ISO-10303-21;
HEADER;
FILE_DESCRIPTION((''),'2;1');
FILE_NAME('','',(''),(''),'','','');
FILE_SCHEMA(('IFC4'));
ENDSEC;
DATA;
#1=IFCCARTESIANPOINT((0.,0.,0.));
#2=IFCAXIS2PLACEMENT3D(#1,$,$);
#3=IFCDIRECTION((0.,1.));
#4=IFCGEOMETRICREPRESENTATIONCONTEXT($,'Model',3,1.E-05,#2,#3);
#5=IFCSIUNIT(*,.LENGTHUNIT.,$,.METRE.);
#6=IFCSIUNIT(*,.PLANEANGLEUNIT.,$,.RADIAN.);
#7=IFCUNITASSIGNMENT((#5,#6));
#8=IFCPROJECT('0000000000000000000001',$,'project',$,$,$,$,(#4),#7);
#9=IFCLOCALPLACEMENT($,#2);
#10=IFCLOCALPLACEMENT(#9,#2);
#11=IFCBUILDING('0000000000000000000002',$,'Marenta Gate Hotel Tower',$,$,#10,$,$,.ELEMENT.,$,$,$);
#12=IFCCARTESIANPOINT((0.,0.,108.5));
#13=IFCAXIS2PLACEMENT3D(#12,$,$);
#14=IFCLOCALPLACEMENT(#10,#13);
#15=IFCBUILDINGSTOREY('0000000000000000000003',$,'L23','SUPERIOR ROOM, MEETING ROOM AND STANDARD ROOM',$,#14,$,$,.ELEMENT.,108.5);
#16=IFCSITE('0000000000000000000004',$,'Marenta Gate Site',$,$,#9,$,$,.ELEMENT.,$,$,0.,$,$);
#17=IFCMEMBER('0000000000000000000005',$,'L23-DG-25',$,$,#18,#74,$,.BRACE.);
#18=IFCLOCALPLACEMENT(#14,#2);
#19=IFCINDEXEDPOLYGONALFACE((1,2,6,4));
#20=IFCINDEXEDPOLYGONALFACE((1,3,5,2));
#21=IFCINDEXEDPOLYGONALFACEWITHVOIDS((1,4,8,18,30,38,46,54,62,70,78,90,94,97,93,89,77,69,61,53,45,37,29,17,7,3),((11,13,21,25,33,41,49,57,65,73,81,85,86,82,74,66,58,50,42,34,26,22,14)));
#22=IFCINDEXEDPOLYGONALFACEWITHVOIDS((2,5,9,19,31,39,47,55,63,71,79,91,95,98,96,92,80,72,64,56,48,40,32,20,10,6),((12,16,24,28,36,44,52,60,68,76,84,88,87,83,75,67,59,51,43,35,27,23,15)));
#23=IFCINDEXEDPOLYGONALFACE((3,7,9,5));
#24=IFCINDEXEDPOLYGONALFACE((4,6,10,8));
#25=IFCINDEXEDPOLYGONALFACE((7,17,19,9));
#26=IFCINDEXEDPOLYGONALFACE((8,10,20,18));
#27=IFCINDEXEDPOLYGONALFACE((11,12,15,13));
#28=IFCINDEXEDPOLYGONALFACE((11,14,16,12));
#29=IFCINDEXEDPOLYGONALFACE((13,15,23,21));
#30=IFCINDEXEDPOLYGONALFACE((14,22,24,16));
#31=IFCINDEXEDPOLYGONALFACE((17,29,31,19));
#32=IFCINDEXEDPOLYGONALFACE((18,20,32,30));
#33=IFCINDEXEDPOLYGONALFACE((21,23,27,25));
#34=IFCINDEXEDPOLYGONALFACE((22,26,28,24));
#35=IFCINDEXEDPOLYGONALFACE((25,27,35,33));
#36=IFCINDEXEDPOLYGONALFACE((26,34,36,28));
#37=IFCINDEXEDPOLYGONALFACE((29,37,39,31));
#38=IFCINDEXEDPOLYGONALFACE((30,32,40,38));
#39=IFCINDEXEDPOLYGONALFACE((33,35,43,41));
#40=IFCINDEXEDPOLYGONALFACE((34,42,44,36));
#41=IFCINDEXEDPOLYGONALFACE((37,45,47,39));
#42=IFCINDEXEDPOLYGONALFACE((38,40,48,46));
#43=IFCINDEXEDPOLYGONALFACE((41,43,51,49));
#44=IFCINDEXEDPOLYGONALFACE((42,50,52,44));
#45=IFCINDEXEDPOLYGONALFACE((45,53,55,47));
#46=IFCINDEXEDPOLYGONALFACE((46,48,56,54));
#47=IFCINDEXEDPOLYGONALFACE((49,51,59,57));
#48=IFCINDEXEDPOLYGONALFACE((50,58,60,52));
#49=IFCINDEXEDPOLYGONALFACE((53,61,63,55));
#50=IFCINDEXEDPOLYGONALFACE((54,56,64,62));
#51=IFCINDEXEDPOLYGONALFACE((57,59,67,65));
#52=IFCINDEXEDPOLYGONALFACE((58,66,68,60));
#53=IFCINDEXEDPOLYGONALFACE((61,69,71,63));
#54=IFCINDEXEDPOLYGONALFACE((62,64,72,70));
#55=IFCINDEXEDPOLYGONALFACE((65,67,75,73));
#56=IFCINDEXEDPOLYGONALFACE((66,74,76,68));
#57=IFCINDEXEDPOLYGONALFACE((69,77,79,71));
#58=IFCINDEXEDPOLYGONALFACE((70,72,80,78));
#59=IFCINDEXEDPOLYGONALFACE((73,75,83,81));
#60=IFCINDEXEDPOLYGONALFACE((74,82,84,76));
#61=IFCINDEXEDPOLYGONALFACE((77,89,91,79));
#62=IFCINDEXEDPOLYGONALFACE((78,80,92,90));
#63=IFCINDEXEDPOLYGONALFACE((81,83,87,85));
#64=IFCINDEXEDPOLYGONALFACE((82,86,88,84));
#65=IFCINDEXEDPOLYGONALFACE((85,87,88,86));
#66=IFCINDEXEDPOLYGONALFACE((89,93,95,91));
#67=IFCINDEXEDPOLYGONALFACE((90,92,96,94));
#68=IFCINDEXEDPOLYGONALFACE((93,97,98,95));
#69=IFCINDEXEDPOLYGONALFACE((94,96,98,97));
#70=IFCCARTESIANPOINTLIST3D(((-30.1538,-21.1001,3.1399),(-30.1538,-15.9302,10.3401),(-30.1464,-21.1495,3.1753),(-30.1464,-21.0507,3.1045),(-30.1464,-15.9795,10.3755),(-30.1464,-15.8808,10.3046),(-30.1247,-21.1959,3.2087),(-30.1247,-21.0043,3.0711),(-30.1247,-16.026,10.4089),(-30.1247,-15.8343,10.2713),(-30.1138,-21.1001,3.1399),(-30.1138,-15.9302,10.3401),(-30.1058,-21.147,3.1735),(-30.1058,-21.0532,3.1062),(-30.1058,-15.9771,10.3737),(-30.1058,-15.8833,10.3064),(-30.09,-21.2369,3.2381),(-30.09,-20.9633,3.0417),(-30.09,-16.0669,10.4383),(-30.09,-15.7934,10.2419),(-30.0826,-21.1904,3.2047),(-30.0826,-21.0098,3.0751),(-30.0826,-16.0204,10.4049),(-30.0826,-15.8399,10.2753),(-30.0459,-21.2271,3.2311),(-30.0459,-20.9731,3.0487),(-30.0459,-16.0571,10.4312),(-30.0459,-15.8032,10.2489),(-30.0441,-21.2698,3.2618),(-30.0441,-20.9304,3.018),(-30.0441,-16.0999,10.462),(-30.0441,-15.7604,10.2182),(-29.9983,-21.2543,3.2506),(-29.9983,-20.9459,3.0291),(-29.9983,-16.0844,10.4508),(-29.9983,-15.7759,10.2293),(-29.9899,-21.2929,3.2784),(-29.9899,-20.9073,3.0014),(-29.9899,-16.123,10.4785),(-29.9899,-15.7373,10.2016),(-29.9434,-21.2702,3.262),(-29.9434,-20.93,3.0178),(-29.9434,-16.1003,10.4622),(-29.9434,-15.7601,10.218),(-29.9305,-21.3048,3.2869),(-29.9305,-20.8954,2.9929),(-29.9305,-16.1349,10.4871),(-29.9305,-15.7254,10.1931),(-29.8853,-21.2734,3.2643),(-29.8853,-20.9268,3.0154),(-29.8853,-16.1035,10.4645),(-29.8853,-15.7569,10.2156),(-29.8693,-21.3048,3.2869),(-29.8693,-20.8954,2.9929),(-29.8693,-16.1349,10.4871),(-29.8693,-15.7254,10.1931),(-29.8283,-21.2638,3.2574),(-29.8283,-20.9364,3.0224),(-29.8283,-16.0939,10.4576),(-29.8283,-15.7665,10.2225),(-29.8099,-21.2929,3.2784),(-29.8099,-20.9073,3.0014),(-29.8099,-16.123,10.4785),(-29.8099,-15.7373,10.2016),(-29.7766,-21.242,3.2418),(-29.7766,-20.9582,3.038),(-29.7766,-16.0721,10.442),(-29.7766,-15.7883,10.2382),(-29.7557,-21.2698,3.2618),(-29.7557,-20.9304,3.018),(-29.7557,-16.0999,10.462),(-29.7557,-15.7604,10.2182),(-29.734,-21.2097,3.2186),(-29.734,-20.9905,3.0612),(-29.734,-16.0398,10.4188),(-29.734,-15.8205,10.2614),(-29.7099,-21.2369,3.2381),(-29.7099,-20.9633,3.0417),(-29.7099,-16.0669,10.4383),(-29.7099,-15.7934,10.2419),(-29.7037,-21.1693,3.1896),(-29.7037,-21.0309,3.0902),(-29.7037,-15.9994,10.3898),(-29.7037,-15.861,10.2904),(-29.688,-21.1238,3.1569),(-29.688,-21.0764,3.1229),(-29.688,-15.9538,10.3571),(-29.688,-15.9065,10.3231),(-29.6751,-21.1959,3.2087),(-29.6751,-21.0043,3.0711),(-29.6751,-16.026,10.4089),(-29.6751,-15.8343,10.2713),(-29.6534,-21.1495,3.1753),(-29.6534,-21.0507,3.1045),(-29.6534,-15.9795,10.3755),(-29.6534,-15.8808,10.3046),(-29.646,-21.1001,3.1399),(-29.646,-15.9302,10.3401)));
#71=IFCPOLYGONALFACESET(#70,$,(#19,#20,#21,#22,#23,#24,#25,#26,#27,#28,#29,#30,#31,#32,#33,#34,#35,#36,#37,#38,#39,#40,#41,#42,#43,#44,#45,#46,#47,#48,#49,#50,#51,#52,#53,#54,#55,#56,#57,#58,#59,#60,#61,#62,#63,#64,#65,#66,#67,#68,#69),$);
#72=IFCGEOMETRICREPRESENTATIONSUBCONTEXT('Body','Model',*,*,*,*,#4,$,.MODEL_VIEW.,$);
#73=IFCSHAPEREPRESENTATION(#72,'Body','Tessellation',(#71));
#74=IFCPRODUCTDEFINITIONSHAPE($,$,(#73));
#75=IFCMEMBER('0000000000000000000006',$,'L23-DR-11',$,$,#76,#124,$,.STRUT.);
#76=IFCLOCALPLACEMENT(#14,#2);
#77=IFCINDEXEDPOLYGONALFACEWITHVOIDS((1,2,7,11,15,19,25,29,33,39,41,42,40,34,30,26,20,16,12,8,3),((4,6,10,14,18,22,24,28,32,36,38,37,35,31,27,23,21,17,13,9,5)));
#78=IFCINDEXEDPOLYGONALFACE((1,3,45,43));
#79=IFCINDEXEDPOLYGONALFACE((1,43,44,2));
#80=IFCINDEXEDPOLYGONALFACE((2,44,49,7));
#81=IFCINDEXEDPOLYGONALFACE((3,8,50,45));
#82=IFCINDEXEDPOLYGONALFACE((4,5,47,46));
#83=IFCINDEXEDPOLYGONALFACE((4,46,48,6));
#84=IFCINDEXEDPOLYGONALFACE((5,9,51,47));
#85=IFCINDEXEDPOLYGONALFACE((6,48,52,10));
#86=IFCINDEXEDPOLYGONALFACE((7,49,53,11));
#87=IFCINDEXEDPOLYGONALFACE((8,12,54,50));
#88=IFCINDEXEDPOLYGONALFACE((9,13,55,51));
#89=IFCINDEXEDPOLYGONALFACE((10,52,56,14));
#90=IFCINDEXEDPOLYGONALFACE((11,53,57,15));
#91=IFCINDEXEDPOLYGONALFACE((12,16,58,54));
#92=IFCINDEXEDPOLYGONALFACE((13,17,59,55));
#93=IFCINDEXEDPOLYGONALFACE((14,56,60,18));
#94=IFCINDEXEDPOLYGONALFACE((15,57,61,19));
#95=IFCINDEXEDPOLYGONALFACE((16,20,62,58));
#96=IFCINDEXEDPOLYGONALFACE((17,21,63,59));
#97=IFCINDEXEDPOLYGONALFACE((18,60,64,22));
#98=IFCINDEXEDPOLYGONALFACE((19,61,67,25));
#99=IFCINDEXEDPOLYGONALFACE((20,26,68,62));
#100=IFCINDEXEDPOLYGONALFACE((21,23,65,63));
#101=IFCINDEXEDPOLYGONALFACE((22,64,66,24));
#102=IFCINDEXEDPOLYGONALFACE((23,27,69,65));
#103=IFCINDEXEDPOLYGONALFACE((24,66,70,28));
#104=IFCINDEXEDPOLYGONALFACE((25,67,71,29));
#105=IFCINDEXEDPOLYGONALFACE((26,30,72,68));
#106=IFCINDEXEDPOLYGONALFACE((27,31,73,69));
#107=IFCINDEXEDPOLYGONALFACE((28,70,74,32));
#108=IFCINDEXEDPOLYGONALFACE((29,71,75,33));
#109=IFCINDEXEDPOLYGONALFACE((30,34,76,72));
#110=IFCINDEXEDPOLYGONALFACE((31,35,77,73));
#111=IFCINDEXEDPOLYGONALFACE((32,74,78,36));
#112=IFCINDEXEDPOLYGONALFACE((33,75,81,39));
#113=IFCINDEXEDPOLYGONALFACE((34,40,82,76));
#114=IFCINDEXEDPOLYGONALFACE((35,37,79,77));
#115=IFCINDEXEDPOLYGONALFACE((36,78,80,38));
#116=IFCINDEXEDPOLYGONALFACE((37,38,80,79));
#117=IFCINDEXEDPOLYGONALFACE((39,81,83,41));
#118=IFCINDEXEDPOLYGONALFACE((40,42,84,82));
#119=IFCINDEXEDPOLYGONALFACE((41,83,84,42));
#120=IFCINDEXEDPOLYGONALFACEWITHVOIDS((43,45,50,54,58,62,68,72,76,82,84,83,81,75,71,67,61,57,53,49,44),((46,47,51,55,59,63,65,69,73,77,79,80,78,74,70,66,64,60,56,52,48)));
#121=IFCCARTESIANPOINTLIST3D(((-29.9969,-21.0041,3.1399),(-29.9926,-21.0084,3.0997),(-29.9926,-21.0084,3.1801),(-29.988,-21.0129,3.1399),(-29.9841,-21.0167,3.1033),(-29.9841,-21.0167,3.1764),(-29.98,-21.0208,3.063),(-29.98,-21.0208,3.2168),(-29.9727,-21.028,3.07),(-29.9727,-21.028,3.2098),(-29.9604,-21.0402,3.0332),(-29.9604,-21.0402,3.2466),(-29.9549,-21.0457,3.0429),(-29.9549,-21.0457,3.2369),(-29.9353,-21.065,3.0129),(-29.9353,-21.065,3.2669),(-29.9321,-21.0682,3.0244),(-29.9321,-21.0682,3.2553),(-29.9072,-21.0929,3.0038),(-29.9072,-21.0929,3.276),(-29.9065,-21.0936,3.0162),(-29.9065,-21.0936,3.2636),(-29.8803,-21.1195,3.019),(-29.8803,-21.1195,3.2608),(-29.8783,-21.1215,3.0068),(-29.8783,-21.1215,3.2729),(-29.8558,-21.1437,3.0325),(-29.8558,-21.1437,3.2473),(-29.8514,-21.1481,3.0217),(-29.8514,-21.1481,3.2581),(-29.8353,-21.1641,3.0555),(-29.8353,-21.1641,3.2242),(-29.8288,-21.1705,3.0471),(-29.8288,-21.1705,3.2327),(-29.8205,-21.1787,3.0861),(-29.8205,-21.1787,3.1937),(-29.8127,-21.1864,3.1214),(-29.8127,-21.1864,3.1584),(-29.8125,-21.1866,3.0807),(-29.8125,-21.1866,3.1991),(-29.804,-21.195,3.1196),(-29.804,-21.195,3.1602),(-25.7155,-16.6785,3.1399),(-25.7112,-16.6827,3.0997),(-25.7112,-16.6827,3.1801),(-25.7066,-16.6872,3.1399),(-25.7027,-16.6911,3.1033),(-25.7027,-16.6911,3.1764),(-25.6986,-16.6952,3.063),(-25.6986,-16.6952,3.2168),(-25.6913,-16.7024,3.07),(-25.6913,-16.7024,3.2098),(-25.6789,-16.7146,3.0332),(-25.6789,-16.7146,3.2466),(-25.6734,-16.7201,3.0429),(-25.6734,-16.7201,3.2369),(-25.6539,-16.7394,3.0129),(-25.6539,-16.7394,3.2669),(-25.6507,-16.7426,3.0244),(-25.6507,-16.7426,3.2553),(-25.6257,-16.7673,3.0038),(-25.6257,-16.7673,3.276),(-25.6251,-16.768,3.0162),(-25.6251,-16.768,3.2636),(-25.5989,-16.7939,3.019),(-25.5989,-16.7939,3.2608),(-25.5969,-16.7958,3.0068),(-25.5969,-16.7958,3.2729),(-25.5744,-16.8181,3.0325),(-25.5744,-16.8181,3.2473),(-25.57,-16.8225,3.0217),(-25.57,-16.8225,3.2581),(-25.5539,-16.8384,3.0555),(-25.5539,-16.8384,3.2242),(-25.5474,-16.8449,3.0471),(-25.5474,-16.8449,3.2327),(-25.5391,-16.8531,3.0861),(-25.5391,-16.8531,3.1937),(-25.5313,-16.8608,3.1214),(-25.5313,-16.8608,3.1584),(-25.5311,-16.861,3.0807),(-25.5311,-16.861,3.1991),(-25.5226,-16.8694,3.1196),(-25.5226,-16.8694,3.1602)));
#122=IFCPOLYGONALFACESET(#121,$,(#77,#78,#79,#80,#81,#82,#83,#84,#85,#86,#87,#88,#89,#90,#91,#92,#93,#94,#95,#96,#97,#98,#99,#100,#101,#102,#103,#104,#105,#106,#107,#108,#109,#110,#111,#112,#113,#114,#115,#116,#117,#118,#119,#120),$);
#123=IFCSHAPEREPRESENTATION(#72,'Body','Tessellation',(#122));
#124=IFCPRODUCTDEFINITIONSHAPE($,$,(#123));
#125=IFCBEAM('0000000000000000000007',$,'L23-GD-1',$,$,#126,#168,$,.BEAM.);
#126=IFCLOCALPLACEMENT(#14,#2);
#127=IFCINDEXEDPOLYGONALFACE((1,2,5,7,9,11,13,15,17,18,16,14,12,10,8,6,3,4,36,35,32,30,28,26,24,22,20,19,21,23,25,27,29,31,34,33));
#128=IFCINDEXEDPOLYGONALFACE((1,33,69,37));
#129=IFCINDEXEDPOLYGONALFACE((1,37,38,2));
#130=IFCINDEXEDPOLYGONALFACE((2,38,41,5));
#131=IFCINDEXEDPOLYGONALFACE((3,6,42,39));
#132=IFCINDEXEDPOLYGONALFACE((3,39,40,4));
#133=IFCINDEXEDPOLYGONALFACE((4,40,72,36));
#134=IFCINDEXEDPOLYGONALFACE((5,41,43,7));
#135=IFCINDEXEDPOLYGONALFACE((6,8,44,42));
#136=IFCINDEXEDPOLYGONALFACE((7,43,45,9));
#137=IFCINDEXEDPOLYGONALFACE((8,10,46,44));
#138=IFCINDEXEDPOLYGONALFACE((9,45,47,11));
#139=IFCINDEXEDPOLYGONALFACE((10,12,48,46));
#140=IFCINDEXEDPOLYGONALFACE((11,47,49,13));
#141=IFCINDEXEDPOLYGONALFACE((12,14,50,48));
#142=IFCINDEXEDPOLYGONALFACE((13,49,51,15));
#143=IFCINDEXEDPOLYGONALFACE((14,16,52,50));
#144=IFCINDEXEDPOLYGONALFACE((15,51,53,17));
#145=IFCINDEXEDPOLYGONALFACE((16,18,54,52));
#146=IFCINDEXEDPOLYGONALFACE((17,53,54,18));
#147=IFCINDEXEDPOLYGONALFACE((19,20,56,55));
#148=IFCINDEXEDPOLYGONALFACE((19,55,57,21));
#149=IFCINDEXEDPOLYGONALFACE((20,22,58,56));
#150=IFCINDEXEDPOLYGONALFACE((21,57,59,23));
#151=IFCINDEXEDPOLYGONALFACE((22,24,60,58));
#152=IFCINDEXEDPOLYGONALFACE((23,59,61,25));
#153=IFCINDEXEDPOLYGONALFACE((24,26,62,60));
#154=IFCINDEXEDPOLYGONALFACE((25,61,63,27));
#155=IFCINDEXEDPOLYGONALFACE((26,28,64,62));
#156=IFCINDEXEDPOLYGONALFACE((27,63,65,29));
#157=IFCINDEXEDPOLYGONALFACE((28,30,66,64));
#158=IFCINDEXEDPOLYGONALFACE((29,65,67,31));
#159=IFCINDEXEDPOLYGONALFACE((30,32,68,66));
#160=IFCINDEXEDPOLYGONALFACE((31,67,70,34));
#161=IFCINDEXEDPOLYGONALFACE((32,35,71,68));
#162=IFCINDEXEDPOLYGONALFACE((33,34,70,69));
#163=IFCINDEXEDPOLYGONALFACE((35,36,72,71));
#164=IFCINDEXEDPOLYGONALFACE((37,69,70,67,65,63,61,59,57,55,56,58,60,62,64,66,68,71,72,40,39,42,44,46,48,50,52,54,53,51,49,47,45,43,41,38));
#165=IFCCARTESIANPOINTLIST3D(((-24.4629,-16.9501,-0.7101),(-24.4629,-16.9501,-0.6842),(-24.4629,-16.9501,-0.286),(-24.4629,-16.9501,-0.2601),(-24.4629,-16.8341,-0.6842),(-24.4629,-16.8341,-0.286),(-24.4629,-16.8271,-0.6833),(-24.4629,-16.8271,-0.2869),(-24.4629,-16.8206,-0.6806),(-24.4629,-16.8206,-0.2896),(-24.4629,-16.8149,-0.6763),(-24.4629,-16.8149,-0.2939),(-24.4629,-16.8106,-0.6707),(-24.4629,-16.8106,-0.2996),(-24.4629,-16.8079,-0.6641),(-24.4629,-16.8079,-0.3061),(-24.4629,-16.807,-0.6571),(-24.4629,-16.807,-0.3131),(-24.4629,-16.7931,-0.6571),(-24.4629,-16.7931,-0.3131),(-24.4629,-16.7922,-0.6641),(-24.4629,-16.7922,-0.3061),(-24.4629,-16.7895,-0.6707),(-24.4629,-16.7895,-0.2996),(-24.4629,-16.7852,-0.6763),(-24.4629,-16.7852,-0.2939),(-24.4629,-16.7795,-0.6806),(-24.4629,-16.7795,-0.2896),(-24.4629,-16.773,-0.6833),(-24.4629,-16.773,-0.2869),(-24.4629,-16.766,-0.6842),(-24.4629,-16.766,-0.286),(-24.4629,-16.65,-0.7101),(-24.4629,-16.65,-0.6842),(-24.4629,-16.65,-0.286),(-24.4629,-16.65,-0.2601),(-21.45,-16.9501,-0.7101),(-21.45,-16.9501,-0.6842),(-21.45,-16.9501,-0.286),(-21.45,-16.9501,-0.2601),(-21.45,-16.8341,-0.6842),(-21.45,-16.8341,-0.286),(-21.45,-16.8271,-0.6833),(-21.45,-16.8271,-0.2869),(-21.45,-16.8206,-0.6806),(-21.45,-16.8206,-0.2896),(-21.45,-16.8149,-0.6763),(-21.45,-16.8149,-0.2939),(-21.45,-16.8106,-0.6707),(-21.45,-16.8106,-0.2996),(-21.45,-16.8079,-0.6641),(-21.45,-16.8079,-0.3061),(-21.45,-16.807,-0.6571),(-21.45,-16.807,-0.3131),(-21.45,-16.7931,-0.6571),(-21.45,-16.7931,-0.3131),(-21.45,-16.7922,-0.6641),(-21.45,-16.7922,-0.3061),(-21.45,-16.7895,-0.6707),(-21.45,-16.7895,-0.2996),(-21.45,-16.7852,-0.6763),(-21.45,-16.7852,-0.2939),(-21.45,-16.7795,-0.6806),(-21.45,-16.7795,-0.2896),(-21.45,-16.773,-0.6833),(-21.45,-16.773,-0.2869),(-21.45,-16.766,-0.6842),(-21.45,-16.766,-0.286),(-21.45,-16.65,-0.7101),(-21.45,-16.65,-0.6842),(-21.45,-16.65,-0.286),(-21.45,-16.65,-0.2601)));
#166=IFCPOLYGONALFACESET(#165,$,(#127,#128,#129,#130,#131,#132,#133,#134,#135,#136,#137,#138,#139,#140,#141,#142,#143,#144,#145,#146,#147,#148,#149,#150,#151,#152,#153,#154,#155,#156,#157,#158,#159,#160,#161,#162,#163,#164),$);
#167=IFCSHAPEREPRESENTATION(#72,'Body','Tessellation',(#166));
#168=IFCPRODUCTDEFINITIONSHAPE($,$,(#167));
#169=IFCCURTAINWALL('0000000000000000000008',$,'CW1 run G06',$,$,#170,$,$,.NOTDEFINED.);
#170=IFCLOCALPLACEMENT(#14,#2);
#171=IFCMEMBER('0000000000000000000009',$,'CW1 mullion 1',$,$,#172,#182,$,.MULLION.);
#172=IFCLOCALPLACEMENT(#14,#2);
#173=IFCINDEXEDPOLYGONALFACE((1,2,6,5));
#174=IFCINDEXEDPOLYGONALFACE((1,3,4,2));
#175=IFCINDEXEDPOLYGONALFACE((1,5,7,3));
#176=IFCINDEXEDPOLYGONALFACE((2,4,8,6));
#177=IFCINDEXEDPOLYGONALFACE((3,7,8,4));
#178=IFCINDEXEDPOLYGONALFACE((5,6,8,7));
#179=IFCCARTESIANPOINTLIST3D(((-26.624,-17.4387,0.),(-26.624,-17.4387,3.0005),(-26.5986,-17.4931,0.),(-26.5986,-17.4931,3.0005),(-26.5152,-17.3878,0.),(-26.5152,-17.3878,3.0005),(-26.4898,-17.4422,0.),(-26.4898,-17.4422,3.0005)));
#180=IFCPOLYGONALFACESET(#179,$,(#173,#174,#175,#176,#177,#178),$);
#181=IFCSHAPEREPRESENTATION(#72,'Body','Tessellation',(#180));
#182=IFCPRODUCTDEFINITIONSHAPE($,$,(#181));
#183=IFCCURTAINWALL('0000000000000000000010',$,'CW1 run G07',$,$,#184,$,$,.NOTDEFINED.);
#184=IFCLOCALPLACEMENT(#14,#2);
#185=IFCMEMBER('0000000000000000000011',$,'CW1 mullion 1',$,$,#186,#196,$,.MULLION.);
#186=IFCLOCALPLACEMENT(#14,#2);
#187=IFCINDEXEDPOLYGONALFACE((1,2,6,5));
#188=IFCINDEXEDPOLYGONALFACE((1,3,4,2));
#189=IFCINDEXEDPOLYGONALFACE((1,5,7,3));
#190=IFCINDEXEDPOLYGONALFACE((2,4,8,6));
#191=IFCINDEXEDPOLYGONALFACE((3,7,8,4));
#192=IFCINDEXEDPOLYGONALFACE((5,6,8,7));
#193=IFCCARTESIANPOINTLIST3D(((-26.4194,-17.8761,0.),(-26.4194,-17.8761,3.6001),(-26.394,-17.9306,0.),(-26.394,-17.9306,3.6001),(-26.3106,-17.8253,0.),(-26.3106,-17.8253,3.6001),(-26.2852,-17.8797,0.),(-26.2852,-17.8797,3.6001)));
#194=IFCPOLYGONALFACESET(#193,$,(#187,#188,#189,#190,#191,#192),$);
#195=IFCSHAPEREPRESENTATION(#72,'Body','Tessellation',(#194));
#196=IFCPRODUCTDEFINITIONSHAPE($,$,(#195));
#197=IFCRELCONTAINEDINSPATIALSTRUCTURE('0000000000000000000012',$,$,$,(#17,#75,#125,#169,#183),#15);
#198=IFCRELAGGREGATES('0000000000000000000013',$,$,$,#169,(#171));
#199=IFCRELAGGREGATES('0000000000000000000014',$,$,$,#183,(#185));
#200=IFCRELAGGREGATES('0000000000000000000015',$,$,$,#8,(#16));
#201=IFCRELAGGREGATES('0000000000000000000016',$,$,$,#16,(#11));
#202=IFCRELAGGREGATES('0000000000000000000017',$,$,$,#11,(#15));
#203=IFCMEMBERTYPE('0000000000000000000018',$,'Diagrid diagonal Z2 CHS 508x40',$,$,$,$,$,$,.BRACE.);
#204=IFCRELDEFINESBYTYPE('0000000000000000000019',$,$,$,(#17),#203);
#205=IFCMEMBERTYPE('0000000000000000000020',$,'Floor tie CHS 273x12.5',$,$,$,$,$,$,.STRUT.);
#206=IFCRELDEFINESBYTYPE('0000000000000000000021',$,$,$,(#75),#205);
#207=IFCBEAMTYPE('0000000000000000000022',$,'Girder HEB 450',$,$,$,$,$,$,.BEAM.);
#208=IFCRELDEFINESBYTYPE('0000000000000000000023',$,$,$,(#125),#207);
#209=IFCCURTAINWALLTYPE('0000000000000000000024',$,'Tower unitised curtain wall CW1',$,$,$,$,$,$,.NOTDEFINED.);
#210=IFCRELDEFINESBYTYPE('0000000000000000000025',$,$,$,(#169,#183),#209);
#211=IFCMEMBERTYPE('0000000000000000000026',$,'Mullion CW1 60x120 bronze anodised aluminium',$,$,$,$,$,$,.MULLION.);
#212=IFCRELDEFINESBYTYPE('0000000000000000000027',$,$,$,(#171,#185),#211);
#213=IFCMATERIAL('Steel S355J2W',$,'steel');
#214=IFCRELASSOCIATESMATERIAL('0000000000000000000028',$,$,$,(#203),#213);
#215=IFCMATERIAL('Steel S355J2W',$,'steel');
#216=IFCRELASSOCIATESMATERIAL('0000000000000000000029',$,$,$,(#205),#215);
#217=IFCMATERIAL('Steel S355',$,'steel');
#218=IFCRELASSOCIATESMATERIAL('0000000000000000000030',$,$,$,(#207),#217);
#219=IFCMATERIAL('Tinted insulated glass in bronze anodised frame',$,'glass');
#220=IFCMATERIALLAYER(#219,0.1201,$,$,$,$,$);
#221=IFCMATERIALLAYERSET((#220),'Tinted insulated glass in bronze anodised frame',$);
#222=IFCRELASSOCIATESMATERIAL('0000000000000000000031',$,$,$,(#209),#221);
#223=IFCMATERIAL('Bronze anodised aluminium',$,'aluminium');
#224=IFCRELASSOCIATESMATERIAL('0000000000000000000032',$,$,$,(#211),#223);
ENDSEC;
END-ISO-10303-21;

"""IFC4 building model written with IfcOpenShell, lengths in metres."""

from ifc_helpers import new_model, si_unit, direction, frame, origin, origin_2d, place, context, subcontext, project, spatial, rectangle, hollow_circle, i_section, extrude, material, layer, layer_set, material_profile, profile_set, type_object, element, aggregate, save


model = new_model("IFC4")

# Units and contexts
model_context = context("Model", 3, precision=1e-05, world=origin(), true_north=direction((0.0, 1.0)))
body_context = subcontext(model_context, "Body", "Model", "MODEL_VIEW")
ifc_project = project(units=[si_unit("LENGTHUNIT", "METRE"), si_unit("PLANEANGLEUNIT", "RADIAN")], contexts=[model_context])

# Site, building, storey
site_placement = place(None, origin())
site = spatial("IfcSite", under=ifc_project, at=site_placement, Name="Marenta Gate Site", CompositionType="ELEMENT", RefElevation=0.0)
building_placement = place(site_placement, origin())
building = spatial("IfcBuilding", under=site, at=building_placement, Name="Marenta Gate Hotel Tower", CompositionType="ELEMENT")
storey_placement = place(building_placement, frame((0.0, 0.0, 108.5)))
storey = spatial("IfcBuildingStorey", under=building, at=storey_placement, Name="L23", Description="SUPERIOR ROOM, MEETING ROOM AND STANDARD ROOM", CompositionType="ELEMENT", Elevation=108.5)

# Members
ifc_material_1 = material(Name="Steel S355J2W", Category="steel")
ifc_material_profile_1 = material_profile(ifc_material_1, hollow_circle(Radius=0.2539, WallThickness=0.04, at=origin_2d()), Name="CHS 508x40")
ifc_profile_set_1 = profile_set([ifc_material_profile_1], Name="Steel S355J2W")
member_type_1 = type_object("IfcMemberType", Name="Diagrid diagonal Z2 CHS 508x40", PredefinedType="BRACE", material=ifc_profile_set_1)
member_1_placement = place(storey_placement, frame((-29.8999, -21.1001, 3.1399), z_axis=(0.0, 0.583248, 0.812294), x_axis=(-1.0, 0.0, 0.0)))
element("IfcMember", 1, at=member_1_placement, inside=storey, type_object=member_type_1, Name="L23-DG-25", PredefinedType="BRACE", context=body_context, shape_type="SweptSolid", body=[
    extrude(hollow_circle(Radius=0.2539, WallThickness=0.04, at=origin_2d()), origin(), (0.0, 0.0, 1.0), 8.864),
])
ifc_material_2 = material(Name="Steel S355J2W", Category="steel")
ifc_material_profile_2 = material_profile(ifc_material_2, hollow_circle(Radius=0.1365, WallThickness=0.0125, at=origin_2d()), Name="CHS 273x12.5")
ifc_profile_set_2 = profile_set([ifc_material_profile_2], Name="Steel S355J2W")
member_type_2 = type_object("IfcMemberType", Name="Floor tie CHS 273x12.5", PredefinedType="STRUT", material=ifc_profile_set_2)
member_2_placement = place(storey_placement, frame((-29.8999, -21.1001, 3.1399), z_axis=(0.703467, 0.710728, 0.0), x_axis=(-0.710728, 0.703467, 0.0)))
element("IfcMember", 2, at=member_2_placement, inside=storey, type_object=member_type_2, Name="L23-DR-11", PredefinedType="STRUT", context=body_context, shape_type="SweptSolid", body=[
    extrude(hollow_circle(Radius=0.1365, WallThickness=0.0125, at=origin_2d()), origin(), (0.0, 0.0, 1.0), 6.0862),
])

# Beam
ifc_material_3 = material(Name="Steel S355", Category="steel")
ifc_material_profile_3 = material_profile(ifc_material_3, i_section(OverallWidth=0.3, OverallDepth=0.45, WebThickness=0.0139, FlangeThickness=0.0259, FilletRadius=0.0271, at=origin_2d()), Name="HEB 450")
ifc_profile_set_3 = profile_set([ifc_material_profile_3], Name="Steel S355")
beam_type = type_object("IfcBeamType", Name="Girder HEB 450", PredefinedType="BEAM", material=ifc_profile_set_3)
beam_placement = place(storey_placement, frame((-24.4629, -16.8, -0.4851), z_axis=(1.0, 0.0, 0.0), x_axis=(0.0, 1.0, 0.0)))
element("IfcBeam", 3, at=beam_placement, inside=storey, type_object=beam_type, Name="L23-GD-1", PredefinedType="BEAM", context=body_context, shape_type="SweptSolid", body=[
    extrude(i_section(OverallWidth=0.3, OverallDepth=0.45, WebThickness=0.0139, FlangeThickness=0.0259, FilletRadius=0.0271, at=origin_2d()), origin(), (0.0, 0.0, 1.0), 3.0129),
])

# Curtain walls, members
ifc_material_4 = material(Name="Tinted insulated glass in bronze anodised frame", Category="glass")
ifc_layer_1 = layer(ifc_material_4, 0.1201)
ifc_layer_set_1 = layer_set([ifc_layer_1], Name="Tinted insulated glass in bronze anodised frame")
curtain_wall_type = type_object("IfcCurtainWallType", Name="Tower unitised curtain wall CW1", PredefinedType="NOTDEFINED", material=ifc_layer_set_1)
curtain_wall_1_placement = place(storey_placement, origin())
curtain_wall_1 = element("IfcCurtainWall", 4, at=curtain_wall_1_placement, inside=storey, type_object=curtain_wall_type, Name="CW1 run G06", PredefinedType="NOTDEFINED")
ifc_material_5 = material(Name="Bronze anodised aluminium", Category="aluminium")
ifc_material_profile_4 = material_profile(ifc_material_5, rectangle(XDim=0.1201, YDim=0.0601, at=origin_2d()), Name="Mullion CW1 60x120 bronze anodised aluminium")
ifc_profile_set_4 = profile_set([ifc_material_profile_4], Name="Bronze anodised aluminium")
member_type_3 = type_object("IfcMemberType", Name="Mullion CW1 60x120 bronze anodised aluminium", PredefinedType="MULLION", material=ifc_profile_set_4)
member_3_placement = place(storey_placement, frame((-26.5569, -17.4404, 0.0), z_axis=(0.0, 0.0, 1.0), x_axis=(0.905961, 0.423362, 0.0)))
member_3 = element("IfcMember", 5, at=member_3_placement, type_object=member_type_3, Name="CW1 mullion 1", PredefinedType="MULLION", context=body_context, shape_type="SweptSolid", body=[
    extrude(rectangle(XDim=0.1201, YDim=0.0601, at=origin_2d()), origin(), (0.0, 0.0, 1.0), 3.0005),
])
curtain_wall_2_placement = place(storey_placement, origin())
curtain_wall_2 = element("IfcCurtainWall", 6, at=curtain_wall_2_placement, inside=storey, type_object=curtain_wall_type, Name="CW1 run G07", PredefinedType="NOTDEFINED")
member_4_placement = place(storey_placement, frame((-26.3523, -17.8779, 0.0), z_axis=(0.0, 0.0, 1.0), x_axis=(0.906001, 0.423275, 0.0)))
member_4 = element("IfcMember", 7, at=member_4_placement, type_object=member_type_3, Name="CW1 mullion 1", PredefinedType="MULLION", context=body_context, shape_type="SweptSolid", body=[
    extrude(rectangle(XDim=0.1201, YDim=0.0601, at=origin_2d()), origin(), (0.0, 0.0, 1.0), 3.6001),
])

aggregate(curtain_wall_1, [member_3])
aggregate(curtain_wall_2, [member_4])

save(model, "model.ifc")
